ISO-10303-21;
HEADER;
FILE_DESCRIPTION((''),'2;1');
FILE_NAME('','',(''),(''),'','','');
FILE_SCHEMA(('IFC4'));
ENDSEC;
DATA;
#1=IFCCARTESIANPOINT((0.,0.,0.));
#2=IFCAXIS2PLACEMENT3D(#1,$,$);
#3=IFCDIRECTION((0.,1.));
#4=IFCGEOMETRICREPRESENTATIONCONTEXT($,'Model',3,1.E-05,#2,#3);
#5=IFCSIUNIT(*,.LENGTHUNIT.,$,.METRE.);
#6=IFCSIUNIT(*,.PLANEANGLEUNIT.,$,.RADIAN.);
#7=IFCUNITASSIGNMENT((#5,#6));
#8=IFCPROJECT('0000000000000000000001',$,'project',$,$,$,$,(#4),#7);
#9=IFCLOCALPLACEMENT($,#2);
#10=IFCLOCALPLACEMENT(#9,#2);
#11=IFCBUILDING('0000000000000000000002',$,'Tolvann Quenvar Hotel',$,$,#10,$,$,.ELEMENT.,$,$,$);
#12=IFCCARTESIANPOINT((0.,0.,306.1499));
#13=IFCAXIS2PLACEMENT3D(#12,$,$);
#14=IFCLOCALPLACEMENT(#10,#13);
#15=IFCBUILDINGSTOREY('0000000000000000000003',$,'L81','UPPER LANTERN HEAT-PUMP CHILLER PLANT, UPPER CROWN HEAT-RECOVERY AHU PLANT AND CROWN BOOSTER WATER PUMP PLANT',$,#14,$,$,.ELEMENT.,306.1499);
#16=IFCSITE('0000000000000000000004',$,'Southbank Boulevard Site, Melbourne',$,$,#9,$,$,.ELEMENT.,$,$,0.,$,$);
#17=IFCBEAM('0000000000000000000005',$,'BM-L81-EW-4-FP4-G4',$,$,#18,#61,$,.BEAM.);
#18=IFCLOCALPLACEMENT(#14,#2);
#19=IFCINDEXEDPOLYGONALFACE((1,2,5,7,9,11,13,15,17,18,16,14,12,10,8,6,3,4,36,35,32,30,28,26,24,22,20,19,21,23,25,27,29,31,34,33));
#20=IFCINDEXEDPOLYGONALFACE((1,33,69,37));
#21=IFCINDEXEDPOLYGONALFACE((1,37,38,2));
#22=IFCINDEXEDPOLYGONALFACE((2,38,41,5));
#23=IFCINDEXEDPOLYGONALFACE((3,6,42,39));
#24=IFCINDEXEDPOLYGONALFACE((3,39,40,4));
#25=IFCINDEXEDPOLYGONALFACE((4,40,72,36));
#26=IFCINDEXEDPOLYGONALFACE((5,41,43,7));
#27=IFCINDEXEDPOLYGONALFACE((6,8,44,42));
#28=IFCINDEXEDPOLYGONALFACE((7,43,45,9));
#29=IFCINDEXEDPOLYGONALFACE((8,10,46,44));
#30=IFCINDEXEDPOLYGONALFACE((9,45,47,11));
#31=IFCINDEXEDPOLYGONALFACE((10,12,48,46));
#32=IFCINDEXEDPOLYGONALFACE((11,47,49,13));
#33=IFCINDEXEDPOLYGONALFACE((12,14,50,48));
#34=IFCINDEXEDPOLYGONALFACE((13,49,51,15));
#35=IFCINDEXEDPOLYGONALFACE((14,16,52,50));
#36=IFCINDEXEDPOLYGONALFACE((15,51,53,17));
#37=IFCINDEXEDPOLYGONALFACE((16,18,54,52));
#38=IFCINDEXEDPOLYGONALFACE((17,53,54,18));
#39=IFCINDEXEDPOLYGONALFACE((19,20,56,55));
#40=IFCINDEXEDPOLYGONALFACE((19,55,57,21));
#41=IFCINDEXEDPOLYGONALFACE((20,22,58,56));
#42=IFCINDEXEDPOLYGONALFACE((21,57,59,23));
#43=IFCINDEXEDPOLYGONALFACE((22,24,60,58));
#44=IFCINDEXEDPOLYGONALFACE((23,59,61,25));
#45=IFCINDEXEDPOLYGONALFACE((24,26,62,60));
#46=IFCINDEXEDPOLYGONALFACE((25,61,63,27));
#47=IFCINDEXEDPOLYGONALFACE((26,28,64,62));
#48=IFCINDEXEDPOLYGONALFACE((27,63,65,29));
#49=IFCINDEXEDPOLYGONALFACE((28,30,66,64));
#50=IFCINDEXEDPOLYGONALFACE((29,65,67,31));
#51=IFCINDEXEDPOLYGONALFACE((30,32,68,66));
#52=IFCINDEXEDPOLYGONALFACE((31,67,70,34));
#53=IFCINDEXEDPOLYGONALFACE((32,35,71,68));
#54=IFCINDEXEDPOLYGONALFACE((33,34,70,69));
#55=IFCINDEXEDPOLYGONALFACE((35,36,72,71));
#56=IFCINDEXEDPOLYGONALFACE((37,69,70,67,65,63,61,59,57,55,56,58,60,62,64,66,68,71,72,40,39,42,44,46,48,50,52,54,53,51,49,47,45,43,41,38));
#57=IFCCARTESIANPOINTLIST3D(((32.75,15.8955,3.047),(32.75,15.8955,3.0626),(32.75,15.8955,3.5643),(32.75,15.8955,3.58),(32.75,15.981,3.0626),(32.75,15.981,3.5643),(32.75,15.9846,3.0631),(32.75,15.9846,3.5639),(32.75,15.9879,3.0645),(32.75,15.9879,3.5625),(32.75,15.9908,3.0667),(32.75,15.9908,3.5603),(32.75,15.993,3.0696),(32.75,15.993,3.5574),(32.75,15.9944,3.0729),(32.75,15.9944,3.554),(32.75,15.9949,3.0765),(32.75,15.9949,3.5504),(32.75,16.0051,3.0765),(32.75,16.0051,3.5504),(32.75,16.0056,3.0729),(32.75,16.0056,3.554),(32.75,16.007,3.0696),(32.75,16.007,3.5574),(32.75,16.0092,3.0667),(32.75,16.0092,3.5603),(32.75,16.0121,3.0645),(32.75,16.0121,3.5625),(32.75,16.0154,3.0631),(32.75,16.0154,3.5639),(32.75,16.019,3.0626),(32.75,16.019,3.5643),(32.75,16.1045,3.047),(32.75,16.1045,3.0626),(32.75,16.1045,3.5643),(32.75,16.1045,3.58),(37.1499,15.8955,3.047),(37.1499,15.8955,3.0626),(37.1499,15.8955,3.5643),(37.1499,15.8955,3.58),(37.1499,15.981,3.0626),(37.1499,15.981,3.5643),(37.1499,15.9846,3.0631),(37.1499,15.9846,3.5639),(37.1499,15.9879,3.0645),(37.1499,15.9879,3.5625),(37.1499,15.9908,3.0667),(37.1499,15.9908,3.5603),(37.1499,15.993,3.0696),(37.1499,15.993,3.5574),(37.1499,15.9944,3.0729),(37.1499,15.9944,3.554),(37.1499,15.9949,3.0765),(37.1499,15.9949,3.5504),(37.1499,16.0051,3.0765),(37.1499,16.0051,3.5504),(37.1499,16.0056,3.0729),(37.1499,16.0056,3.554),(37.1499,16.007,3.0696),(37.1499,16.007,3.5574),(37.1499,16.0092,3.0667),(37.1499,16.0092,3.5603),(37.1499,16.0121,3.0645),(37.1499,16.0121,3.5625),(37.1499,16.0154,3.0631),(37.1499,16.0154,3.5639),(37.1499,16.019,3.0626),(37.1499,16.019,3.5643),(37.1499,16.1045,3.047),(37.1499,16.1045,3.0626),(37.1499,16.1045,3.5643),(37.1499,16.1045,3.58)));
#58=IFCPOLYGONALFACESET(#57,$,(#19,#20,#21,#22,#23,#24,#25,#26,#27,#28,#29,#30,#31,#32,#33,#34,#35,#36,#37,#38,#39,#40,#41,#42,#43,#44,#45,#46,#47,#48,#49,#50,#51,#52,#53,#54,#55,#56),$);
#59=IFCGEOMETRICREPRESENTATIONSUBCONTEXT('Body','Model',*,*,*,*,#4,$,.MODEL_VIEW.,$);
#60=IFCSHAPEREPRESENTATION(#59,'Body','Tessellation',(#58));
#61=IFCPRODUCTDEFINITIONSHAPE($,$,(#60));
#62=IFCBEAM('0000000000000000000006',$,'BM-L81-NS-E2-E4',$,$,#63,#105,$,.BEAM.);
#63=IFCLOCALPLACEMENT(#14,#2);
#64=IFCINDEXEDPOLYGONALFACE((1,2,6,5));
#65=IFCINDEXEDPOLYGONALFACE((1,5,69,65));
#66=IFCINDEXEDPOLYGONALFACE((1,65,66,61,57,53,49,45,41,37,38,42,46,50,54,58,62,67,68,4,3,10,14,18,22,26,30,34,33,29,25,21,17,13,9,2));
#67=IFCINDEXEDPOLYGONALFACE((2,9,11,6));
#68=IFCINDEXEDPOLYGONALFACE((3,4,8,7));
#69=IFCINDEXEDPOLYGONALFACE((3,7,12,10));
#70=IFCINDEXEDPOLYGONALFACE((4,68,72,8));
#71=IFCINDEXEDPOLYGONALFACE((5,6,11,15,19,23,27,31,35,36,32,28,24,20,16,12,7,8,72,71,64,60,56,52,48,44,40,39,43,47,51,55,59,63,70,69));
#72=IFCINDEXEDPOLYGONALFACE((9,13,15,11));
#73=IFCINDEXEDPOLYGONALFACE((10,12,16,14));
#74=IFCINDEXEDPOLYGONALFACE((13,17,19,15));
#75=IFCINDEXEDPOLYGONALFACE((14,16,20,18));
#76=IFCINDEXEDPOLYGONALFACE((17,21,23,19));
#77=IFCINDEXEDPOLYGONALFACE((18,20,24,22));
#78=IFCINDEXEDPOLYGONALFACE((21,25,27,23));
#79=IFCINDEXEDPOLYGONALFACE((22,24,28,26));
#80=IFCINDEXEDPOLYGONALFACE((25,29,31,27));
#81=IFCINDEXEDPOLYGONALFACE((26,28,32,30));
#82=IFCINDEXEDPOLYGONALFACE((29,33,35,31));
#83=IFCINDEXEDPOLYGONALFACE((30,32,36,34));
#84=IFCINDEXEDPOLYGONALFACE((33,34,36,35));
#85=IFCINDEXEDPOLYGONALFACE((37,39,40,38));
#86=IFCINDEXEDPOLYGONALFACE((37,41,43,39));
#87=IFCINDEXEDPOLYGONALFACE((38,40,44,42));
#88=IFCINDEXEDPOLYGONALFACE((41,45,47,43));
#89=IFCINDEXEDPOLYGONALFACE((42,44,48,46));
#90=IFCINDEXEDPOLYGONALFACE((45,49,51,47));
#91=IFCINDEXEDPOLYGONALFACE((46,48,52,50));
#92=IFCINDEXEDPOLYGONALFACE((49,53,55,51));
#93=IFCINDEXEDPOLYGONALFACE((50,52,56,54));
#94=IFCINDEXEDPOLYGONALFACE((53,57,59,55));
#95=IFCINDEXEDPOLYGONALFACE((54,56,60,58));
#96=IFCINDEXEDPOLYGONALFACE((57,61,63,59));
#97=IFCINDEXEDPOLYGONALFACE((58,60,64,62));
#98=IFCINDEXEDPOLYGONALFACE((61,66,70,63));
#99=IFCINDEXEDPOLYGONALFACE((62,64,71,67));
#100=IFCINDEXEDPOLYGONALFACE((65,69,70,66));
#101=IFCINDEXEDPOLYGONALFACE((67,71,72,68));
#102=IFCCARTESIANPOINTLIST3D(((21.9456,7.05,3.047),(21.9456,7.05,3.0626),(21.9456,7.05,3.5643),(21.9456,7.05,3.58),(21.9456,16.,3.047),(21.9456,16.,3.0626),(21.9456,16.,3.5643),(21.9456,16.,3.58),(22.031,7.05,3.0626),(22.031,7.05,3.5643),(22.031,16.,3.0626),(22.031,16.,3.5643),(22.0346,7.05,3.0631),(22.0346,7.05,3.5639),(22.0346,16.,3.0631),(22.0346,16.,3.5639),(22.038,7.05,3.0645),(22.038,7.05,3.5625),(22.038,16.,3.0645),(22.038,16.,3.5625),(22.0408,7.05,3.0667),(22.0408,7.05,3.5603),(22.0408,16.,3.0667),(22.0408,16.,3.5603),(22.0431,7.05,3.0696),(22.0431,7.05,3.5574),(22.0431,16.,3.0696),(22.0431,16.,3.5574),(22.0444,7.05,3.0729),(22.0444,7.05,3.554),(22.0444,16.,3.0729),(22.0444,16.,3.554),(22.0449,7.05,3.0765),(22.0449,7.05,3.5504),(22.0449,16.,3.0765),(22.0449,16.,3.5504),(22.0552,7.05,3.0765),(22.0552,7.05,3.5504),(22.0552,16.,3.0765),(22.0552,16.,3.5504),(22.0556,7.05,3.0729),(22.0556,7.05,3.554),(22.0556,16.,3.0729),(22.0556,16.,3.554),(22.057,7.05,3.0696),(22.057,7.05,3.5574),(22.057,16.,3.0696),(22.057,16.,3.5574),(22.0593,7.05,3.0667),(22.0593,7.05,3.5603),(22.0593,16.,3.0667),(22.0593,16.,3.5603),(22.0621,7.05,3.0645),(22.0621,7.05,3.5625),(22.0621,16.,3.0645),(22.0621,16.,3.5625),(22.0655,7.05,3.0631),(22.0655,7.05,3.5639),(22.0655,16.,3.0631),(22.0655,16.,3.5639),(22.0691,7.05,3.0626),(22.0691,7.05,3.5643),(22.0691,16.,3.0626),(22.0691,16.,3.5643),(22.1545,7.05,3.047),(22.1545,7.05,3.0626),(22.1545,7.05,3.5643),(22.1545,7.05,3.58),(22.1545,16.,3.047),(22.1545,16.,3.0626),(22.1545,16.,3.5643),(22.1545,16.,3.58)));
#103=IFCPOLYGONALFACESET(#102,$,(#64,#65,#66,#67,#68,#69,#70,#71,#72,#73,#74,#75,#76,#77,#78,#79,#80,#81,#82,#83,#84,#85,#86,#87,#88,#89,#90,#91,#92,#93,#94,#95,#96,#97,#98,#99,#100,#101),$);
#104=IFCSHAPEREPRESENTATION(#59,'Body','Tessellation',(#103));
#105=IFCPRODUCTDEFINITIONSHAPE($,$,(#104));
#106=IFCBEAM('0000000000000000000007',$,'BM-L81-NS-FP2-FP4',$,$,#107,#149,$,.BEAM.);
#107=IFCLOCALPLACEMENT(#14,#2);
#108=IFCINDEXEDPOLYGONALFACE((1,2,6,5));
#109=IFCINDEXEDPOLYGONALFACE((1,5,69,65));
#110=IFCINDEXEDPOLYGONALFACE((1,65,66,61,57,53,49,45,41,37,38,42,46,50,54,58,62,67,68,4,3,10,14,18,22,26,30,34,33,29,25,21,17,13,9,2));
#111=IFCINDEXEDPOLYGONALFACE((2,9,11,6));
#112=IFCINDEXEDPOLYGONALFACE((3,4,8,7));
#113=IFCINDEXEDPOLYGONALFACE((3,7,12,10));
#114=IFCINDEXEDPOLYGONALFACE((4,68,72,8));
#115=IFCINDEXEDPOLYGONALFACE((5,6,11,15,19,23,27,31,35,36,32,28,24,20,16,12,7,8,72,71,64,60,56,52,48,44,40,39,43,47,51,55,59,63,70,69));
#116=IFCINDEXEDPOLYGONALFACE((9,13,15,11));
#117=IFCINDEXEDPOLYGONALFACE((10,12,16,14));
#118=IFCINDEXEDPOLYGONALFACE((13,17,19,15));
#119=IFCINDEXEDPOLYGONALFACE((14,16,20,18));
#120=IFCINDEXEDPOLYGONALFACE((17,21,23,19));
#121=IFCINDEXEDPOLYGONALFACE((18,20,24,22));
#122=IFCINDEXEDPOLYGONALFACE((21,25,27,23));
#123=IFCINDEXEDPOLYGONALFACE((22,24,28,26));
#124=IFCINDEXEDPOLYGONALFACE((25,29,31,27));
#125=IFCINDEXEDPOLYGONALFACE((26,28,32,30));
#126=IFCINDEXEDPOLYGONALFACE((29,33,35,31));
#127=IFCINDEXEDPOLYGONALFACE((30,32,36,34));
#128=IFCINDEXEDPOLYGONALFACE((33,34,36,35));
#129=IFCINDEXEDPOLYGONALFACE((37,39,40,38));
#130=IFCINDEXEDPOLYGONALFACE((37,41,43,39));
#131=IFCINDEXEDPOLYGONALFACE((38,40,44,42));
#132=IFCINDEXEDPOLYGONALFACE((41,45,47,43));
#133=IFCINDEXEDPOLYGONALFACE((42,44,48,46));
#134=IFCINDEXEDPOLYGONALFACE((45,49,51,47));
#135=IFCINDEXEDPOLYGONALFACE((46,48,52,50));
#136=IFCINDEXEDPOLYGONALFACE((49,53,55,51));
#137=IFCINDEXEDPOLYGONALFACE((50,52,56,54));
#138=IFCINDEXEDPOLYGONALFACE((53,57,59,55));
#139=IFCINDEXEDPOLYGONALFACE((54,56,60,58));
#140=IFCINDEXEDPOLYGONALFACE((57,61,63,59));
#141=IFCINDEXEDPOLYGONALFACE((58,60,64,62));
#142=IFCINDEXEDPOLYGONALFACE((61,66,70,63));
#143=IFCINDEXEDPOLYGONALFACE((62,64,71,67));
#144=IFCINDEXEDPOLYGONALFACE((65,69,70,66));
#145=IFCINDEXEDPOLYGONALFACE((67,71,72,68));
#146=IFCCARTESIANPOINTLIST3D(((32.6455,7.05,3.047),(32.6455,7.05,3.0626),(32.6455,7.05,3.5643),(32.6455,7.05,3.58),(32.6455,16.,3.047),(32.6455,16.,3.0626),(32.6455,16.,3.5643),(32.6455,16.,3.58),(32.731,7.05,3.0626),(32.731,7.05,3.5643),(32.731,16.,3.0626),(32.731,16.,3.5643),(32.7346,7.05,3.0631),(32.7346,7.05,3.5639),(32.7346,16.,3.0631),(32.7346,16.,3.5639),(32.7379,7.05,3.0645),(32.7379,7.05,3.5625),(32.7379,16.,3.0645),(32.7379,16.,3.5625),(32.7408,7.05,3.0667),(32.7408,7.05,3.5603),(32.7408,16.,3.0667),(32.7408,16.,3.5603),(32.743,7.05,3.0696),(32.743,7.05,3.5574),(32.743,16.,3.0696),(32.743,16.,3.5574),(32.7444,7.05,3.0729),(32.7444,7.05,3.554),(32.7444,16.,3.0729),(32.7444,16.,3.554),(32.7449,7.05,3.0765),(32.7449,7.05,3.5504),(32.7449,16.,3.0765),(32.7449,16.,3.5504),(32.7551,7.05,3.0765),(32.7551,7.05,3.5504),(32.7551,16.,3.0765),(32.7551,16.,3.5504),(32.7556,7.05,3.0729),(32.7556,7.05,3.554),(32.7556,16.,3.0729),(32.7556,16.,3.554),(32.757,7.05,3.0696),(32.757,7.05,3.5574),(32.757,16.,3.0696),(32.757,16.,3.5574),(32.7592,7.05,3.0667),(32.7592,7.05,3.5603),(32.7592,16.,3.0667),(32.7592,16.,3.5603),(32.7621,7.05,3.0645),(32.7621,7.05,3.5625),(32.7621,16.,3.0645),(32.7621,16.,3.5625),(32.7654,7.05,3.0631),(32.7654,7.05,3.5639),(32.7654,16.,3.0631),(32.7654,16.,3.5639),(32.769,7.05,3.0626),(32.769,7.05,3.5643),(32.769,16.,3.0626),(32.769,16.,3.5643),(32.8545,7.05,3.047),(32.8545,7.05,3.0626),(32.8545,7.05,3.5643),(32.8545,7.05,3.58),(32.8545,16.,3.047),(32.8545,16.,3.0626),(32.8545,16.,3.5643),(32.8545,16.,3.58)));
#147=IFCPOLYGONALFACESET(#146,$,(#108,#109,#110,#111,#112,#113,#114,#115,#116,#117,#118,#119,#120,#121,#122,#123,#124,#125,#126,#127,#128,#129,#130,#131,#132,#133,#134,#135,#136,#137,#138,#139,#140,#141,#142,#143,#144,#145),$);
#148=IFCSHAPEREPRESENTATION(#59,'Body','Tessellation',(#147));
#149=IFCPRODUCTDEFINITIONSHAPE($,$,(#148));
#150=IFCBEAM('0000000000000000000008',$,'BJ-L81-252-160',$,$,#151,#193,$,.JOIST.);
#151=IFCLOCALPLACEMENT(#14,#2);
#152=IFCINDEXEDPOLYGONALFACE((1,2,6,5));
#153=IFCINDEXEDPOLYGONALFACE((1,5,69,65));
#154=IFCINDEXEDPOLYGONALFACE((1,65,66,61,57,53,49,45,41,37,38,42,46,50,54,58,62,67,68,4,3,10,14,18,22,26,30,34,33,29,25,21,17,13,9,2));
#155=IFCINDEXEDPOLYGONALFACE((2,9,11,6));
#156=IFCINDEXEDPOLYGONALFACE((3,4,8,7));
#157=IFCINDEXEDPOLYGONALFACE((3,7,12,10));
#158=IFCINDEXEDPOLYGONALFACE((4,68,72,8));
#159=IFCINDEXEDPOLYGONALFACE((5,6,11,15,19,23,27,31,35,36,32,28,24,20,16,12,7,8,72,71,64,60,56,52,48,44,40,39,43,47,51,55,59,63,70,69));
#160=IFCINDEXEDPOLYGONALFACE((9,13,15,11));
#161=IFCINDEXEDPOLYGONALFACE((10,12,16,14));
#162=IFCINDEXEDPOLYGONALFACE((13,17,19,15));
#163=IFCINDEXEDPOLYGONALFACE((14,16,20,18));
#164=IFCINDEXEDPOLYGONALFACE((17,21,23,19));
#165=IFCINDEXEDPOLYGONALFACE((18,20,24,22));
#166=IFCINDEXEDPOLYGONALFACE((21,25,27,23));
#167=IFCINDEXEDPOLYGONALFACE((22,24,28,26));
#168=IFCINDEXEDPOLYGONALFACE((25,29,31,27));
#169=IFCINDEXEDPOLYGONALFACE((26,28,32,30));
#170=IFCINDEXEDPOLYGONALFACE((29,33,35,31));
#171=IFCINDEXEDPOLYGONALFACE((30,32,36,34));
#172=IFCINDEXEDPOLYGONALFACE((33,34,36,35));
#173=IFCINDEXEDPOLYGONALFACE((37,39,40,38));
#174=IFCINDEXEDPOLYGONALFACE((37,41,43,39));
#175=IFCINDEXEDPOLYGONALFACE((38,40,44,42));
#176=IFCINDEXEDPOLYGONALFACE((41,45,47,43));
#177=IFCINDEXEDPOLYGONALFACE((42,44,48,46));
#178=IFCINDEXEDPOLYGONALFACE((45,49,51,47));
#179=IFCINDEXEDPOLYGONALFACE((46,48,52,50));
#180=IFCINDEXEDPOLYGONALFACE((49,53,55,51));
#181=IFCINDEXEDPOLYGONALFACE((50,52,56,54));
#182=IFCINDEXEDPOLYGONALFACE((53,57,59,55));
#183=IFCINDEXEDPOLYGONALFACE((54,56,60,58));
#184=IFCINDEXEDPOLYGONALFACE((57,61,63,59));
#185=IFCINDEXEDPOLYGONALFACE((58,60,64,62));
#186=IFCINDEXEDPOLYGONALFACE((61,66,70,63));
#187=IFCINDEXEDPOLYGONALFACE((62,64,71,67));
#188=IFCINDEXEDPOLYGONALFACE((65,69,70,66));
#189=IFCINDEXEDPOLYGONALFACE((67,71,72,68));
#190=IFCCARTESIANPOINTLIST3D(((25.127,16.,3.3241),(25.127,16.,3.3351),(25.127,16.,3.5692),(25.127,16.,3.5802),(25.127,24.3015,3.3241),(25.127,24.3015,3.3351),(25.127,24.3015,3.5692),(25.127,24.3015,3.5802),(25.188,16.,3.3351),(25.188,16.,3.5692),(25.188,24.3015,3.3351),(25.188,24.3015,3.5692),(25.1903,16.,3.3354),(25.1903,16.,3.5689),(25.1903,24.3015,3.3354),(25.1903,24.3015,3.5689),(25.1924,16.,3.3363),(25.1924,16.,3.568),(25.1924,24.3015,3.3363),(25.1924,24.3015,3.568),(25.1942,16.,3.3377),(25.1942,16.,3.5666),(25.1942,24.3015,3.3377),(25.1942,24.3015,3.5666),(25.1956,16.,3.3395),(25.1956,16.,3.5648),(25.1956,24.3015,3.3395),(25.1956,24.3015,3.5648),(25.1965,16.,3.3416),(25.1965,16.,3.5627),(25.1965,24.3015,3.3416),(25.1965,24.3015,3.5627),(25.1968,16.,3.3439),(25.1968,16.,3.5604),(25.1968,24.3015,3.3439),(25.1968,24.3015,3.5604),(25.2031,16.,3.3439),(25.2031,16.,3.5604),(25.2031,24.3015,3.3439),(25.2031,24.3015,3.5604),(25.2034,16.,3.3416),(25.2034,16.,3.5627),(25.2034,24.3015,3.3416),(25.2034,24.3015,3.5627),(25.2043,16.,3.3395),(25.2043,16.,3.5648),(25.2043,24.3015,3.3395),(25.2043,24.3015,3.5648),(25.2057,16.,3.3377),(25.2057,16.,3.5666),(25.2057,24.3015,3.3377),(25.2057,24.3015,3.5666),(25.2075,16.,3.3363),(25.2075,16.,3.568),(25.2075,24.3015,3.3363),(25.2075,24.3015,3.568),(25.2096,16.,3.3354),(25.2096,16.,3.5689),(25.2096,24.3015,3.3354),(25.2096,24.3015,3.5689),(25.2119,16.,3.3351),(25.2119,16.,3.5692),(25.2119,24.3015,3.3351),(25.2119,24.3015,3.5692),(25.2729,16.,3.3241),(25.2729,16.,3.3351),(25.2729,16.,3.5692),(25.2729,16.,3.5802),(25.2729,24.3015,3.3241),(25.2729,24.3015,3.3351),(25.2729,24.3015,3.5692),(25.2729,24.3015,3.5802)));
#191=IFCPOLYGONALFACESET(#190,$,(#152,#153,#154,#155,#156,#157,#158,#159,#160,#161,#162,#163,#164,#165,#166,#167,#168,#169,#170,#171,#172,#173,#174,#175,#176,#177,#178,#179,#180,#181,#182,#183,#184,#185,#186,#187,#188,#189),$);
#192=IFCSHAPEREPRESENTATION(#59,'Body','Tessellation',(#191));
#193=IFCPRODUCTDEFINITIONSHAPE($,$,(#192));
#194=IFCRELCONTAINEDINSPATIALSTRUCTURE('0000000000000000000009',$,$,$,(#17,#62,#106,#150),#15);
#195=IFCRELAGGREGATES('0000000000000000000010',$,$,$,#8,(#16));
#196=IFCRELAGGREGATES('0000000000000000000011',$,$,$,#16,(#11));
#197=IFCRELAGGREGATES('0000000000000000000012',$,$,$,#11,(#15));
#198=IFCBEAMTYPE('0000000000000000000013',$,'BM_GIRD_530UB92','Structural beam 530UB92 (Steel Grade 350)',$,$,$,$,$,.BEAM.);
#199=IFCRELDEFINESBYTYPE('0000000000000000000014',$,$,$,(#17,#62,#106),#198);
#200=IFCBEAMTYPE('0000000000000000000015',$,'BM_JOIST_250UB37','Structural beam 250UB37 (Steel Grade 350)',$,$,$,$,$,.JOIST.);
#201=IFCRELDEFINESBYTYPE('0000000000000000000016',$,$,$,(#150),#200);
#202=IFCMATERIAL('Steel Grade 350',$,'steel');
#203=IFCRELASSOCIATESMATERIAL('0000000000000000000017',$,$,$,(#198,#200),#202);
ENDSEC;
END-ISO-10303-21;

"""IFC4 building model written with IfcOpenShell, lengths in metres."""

from ifc_helpers import new_model, si_unit, direction, frame, origin, origin_2d, place, context, subcontext, project, spatial, i_section, extrude, source, transform, mapped, material, material_profile, profile_set, type_object, type_shapes, element, save


model = new_model("IFC4")

# Units and contexts
model_context = context("Model", 3, precision=1e-05, world=origin(), true_north=direction((0.0, 1.0)))
body_context = subcontext(model_context, "Body", "Model", "MODEL_VIEW")
ifc_project = project(units=[si_unit("LENGTHUNIT", "METRE"), si_unit("PLANEANGLEUNIT", "RADIAN")], contexts=[model_context])

# Site, building, storey
site_placement = place(None, origin())
site = spatial("IfcSite", under=ifc_project, at=site_placement, Name="Southbank Boulevard Site, Melbourne", CompositionType="ELEMENT", RefElevation=0.0)
building_placement = place(site_placement, origin())
building = spatial("IfcBuilding", under=site, at=building_placement, Name="Tolvann Quenvar Hotel", CompositionType="ELEMENT")
storey_placement = place(building_placement, frame((0.0, 0.0, 306.1499)))
storey = spatial("IfcBuildingStorey", under=building, at=storey_placement, Name="L81", Description="UPPER LANTERN HEAT-PUMP CHILLER PLANT, UPPER CROWN HEAT-RECOVERY AHU PLANT AND CROWN BOOSTER WATER PUMP PLANT", CompositionType="ELEMENT", Elevation=306.1499)

# Shared definitions
ifc_material_1 = material(Name="Steel Grade 350", Category="steel")

# Beams
ifc_material_profile_1 = material_profile(ifc_material_1, i_section(OverallWidth=0.209, OverallDepth=0.533, WebThickness=0.0103, FlangeThickness=0.0156, FilletRadius=0.0139, at=origin_2d()), Name="530UB92")
ifc_profile_set_1 = profile_set([ifc_material_profile_1], Name="Steel Grade 350")
beam_type_1 = type_object("IfcBeamType", Name="BM_GIRD_530UB92", Description="Structural beam 530UB92 (Steel Grade 350)", PredefinedType="BEAM", material=ifc_profile_set_1)
shared_shape_1 = source(origin(), body_context, "Body", "SweptSolid", [
    extrude(i_section(OverallWidth=0.209, OverallDepth=0.533, WebThickness=0.0103, FlangeThickness=0.0156, FilletRadius=0.0139, at=origin_2d()), origin(), (0.0, 0.0, 1.0), 4.3999),
])
beam_1_placement = place(storey_placement, frame((32.75, 16.0, 3.3135), z_axis=(1.0, 0.0, 0.0), x_axis=(0.0, 1.0, 0.0)))
element("IfcBeam", 1, at=beam_1_placement, inside=storey, type_object=beam_type_1, Name="BM-L81-EW-4-FP4-G4", PredefinedType="BEAM", context=body_context, shape_type="MappedRepresentation", body=[
    mapped(shared_shape_1, transform((0.0, 0.0, 0.0), x_axis=(1.0, 0.0, 0.0), y_axis=(0.0, 1.0, 0.0), z_axis=(0.0, 0.0, 1.0), scale=1.0)),
])
shared_shape_2 = source(origin(), body_context, "Body", "SweptSolid", [
    extrude(i_section(OverallWidth=0.209, OverallDepth=0.533, WebThickness=0.0103, FlangeThickness=0.0156, FilletRadius=0.0139, at=origin_2d()), origin(), (0.0, 0.0, 1.0), 8.95),
])
for number, where, z_axis, x_axis, name in (
    (2, (22.05, 7.05, 3.3135), (0.0, 1.0, 0.0), (-1.0, 0.0, 0.0), "BM-L81-NS-E2-E4"),
    (3, (32.75, 7.05, 3.3135), (0.0, 1.0, 0.0), (-1.0, 0.0, 0.0), "BM-L81-NS-FP2-FP4"),
):
    element("IfcBeam", number, at=place(storey_placement, frame(where, z_axis=z_axis, x_axis=x_axis)), inside=storey, type_object=beam_type_1, Name=name, PredefinedType="BEAM", context=body_context, shape_type="MappedRepresentation", body=[
        mapped(shared_shape_2, transform((0.0, 0.0, 0.0), x_axis=(1.0, 0.0, 0.0), y_axis=(0.0, 1.0, 0.0), z_axis=(0.0, 0.0, 1.0), scale=1.0)),
    ])
ifc_material_profile_2 = material_profile(ifc_material_1, i_section(OverallWidth=0.146, OverallDepth=0.2561, WebThickness=0.0063, FlangeThickness=0.011, FilletRadius=0.0088, at=origin_2d()), Name="250UB37")
ifc_profile_set_2 = profile_set([ifc_material_profile_2], Name="Steel Grade 350")
beam_type_2 = type_object("IfcBeamType", Name="BM_JOIST_250UB37", Description="Structural beam 250UB37 (Steel Grade 350)", PredefinedType="JOIST", material=ifc_profile_set_2)
shared_shape_3 = source(origin(), body_context, "Body", "SweptSolid", [
    extrude(i_section(OverallWidth=0.146, OverallDepth=0.2561, WebThickness=0.0063, FlangeThickness=0.011, FilletRadius=0.0088, at=origin_2d()), origin(), (0.0, 0.0, 1.0), 8.3015),
])
type_shapes(beam_type_2, [shared_shape_3])
beam_2_placement = place(storey_placement, frame((25.2, 16.0, 3.4521), z_axis=(0.0, 1.0, 0.0), x_axis=(-1.0, 0.0, 0.0)))
element("IfcBeam", 4, at=beam_2_placement, inside=storey, type_object=beam_type_2, Name="BJ-L81-252-160", PredefinedType="JOIST", context=body_context, shape_type="MappedRepresentation", body=[
    mapped(shared_shape_3, transform((0.0, 0.0, 0.0), x_axis=(1.0, 0.0, 0.0), y_axis=(0.0, 1.0, 0.0), z_axis=(0.0, 0.0, 1.0), scale=1.0)),
])

save(model, "model.ifc")
